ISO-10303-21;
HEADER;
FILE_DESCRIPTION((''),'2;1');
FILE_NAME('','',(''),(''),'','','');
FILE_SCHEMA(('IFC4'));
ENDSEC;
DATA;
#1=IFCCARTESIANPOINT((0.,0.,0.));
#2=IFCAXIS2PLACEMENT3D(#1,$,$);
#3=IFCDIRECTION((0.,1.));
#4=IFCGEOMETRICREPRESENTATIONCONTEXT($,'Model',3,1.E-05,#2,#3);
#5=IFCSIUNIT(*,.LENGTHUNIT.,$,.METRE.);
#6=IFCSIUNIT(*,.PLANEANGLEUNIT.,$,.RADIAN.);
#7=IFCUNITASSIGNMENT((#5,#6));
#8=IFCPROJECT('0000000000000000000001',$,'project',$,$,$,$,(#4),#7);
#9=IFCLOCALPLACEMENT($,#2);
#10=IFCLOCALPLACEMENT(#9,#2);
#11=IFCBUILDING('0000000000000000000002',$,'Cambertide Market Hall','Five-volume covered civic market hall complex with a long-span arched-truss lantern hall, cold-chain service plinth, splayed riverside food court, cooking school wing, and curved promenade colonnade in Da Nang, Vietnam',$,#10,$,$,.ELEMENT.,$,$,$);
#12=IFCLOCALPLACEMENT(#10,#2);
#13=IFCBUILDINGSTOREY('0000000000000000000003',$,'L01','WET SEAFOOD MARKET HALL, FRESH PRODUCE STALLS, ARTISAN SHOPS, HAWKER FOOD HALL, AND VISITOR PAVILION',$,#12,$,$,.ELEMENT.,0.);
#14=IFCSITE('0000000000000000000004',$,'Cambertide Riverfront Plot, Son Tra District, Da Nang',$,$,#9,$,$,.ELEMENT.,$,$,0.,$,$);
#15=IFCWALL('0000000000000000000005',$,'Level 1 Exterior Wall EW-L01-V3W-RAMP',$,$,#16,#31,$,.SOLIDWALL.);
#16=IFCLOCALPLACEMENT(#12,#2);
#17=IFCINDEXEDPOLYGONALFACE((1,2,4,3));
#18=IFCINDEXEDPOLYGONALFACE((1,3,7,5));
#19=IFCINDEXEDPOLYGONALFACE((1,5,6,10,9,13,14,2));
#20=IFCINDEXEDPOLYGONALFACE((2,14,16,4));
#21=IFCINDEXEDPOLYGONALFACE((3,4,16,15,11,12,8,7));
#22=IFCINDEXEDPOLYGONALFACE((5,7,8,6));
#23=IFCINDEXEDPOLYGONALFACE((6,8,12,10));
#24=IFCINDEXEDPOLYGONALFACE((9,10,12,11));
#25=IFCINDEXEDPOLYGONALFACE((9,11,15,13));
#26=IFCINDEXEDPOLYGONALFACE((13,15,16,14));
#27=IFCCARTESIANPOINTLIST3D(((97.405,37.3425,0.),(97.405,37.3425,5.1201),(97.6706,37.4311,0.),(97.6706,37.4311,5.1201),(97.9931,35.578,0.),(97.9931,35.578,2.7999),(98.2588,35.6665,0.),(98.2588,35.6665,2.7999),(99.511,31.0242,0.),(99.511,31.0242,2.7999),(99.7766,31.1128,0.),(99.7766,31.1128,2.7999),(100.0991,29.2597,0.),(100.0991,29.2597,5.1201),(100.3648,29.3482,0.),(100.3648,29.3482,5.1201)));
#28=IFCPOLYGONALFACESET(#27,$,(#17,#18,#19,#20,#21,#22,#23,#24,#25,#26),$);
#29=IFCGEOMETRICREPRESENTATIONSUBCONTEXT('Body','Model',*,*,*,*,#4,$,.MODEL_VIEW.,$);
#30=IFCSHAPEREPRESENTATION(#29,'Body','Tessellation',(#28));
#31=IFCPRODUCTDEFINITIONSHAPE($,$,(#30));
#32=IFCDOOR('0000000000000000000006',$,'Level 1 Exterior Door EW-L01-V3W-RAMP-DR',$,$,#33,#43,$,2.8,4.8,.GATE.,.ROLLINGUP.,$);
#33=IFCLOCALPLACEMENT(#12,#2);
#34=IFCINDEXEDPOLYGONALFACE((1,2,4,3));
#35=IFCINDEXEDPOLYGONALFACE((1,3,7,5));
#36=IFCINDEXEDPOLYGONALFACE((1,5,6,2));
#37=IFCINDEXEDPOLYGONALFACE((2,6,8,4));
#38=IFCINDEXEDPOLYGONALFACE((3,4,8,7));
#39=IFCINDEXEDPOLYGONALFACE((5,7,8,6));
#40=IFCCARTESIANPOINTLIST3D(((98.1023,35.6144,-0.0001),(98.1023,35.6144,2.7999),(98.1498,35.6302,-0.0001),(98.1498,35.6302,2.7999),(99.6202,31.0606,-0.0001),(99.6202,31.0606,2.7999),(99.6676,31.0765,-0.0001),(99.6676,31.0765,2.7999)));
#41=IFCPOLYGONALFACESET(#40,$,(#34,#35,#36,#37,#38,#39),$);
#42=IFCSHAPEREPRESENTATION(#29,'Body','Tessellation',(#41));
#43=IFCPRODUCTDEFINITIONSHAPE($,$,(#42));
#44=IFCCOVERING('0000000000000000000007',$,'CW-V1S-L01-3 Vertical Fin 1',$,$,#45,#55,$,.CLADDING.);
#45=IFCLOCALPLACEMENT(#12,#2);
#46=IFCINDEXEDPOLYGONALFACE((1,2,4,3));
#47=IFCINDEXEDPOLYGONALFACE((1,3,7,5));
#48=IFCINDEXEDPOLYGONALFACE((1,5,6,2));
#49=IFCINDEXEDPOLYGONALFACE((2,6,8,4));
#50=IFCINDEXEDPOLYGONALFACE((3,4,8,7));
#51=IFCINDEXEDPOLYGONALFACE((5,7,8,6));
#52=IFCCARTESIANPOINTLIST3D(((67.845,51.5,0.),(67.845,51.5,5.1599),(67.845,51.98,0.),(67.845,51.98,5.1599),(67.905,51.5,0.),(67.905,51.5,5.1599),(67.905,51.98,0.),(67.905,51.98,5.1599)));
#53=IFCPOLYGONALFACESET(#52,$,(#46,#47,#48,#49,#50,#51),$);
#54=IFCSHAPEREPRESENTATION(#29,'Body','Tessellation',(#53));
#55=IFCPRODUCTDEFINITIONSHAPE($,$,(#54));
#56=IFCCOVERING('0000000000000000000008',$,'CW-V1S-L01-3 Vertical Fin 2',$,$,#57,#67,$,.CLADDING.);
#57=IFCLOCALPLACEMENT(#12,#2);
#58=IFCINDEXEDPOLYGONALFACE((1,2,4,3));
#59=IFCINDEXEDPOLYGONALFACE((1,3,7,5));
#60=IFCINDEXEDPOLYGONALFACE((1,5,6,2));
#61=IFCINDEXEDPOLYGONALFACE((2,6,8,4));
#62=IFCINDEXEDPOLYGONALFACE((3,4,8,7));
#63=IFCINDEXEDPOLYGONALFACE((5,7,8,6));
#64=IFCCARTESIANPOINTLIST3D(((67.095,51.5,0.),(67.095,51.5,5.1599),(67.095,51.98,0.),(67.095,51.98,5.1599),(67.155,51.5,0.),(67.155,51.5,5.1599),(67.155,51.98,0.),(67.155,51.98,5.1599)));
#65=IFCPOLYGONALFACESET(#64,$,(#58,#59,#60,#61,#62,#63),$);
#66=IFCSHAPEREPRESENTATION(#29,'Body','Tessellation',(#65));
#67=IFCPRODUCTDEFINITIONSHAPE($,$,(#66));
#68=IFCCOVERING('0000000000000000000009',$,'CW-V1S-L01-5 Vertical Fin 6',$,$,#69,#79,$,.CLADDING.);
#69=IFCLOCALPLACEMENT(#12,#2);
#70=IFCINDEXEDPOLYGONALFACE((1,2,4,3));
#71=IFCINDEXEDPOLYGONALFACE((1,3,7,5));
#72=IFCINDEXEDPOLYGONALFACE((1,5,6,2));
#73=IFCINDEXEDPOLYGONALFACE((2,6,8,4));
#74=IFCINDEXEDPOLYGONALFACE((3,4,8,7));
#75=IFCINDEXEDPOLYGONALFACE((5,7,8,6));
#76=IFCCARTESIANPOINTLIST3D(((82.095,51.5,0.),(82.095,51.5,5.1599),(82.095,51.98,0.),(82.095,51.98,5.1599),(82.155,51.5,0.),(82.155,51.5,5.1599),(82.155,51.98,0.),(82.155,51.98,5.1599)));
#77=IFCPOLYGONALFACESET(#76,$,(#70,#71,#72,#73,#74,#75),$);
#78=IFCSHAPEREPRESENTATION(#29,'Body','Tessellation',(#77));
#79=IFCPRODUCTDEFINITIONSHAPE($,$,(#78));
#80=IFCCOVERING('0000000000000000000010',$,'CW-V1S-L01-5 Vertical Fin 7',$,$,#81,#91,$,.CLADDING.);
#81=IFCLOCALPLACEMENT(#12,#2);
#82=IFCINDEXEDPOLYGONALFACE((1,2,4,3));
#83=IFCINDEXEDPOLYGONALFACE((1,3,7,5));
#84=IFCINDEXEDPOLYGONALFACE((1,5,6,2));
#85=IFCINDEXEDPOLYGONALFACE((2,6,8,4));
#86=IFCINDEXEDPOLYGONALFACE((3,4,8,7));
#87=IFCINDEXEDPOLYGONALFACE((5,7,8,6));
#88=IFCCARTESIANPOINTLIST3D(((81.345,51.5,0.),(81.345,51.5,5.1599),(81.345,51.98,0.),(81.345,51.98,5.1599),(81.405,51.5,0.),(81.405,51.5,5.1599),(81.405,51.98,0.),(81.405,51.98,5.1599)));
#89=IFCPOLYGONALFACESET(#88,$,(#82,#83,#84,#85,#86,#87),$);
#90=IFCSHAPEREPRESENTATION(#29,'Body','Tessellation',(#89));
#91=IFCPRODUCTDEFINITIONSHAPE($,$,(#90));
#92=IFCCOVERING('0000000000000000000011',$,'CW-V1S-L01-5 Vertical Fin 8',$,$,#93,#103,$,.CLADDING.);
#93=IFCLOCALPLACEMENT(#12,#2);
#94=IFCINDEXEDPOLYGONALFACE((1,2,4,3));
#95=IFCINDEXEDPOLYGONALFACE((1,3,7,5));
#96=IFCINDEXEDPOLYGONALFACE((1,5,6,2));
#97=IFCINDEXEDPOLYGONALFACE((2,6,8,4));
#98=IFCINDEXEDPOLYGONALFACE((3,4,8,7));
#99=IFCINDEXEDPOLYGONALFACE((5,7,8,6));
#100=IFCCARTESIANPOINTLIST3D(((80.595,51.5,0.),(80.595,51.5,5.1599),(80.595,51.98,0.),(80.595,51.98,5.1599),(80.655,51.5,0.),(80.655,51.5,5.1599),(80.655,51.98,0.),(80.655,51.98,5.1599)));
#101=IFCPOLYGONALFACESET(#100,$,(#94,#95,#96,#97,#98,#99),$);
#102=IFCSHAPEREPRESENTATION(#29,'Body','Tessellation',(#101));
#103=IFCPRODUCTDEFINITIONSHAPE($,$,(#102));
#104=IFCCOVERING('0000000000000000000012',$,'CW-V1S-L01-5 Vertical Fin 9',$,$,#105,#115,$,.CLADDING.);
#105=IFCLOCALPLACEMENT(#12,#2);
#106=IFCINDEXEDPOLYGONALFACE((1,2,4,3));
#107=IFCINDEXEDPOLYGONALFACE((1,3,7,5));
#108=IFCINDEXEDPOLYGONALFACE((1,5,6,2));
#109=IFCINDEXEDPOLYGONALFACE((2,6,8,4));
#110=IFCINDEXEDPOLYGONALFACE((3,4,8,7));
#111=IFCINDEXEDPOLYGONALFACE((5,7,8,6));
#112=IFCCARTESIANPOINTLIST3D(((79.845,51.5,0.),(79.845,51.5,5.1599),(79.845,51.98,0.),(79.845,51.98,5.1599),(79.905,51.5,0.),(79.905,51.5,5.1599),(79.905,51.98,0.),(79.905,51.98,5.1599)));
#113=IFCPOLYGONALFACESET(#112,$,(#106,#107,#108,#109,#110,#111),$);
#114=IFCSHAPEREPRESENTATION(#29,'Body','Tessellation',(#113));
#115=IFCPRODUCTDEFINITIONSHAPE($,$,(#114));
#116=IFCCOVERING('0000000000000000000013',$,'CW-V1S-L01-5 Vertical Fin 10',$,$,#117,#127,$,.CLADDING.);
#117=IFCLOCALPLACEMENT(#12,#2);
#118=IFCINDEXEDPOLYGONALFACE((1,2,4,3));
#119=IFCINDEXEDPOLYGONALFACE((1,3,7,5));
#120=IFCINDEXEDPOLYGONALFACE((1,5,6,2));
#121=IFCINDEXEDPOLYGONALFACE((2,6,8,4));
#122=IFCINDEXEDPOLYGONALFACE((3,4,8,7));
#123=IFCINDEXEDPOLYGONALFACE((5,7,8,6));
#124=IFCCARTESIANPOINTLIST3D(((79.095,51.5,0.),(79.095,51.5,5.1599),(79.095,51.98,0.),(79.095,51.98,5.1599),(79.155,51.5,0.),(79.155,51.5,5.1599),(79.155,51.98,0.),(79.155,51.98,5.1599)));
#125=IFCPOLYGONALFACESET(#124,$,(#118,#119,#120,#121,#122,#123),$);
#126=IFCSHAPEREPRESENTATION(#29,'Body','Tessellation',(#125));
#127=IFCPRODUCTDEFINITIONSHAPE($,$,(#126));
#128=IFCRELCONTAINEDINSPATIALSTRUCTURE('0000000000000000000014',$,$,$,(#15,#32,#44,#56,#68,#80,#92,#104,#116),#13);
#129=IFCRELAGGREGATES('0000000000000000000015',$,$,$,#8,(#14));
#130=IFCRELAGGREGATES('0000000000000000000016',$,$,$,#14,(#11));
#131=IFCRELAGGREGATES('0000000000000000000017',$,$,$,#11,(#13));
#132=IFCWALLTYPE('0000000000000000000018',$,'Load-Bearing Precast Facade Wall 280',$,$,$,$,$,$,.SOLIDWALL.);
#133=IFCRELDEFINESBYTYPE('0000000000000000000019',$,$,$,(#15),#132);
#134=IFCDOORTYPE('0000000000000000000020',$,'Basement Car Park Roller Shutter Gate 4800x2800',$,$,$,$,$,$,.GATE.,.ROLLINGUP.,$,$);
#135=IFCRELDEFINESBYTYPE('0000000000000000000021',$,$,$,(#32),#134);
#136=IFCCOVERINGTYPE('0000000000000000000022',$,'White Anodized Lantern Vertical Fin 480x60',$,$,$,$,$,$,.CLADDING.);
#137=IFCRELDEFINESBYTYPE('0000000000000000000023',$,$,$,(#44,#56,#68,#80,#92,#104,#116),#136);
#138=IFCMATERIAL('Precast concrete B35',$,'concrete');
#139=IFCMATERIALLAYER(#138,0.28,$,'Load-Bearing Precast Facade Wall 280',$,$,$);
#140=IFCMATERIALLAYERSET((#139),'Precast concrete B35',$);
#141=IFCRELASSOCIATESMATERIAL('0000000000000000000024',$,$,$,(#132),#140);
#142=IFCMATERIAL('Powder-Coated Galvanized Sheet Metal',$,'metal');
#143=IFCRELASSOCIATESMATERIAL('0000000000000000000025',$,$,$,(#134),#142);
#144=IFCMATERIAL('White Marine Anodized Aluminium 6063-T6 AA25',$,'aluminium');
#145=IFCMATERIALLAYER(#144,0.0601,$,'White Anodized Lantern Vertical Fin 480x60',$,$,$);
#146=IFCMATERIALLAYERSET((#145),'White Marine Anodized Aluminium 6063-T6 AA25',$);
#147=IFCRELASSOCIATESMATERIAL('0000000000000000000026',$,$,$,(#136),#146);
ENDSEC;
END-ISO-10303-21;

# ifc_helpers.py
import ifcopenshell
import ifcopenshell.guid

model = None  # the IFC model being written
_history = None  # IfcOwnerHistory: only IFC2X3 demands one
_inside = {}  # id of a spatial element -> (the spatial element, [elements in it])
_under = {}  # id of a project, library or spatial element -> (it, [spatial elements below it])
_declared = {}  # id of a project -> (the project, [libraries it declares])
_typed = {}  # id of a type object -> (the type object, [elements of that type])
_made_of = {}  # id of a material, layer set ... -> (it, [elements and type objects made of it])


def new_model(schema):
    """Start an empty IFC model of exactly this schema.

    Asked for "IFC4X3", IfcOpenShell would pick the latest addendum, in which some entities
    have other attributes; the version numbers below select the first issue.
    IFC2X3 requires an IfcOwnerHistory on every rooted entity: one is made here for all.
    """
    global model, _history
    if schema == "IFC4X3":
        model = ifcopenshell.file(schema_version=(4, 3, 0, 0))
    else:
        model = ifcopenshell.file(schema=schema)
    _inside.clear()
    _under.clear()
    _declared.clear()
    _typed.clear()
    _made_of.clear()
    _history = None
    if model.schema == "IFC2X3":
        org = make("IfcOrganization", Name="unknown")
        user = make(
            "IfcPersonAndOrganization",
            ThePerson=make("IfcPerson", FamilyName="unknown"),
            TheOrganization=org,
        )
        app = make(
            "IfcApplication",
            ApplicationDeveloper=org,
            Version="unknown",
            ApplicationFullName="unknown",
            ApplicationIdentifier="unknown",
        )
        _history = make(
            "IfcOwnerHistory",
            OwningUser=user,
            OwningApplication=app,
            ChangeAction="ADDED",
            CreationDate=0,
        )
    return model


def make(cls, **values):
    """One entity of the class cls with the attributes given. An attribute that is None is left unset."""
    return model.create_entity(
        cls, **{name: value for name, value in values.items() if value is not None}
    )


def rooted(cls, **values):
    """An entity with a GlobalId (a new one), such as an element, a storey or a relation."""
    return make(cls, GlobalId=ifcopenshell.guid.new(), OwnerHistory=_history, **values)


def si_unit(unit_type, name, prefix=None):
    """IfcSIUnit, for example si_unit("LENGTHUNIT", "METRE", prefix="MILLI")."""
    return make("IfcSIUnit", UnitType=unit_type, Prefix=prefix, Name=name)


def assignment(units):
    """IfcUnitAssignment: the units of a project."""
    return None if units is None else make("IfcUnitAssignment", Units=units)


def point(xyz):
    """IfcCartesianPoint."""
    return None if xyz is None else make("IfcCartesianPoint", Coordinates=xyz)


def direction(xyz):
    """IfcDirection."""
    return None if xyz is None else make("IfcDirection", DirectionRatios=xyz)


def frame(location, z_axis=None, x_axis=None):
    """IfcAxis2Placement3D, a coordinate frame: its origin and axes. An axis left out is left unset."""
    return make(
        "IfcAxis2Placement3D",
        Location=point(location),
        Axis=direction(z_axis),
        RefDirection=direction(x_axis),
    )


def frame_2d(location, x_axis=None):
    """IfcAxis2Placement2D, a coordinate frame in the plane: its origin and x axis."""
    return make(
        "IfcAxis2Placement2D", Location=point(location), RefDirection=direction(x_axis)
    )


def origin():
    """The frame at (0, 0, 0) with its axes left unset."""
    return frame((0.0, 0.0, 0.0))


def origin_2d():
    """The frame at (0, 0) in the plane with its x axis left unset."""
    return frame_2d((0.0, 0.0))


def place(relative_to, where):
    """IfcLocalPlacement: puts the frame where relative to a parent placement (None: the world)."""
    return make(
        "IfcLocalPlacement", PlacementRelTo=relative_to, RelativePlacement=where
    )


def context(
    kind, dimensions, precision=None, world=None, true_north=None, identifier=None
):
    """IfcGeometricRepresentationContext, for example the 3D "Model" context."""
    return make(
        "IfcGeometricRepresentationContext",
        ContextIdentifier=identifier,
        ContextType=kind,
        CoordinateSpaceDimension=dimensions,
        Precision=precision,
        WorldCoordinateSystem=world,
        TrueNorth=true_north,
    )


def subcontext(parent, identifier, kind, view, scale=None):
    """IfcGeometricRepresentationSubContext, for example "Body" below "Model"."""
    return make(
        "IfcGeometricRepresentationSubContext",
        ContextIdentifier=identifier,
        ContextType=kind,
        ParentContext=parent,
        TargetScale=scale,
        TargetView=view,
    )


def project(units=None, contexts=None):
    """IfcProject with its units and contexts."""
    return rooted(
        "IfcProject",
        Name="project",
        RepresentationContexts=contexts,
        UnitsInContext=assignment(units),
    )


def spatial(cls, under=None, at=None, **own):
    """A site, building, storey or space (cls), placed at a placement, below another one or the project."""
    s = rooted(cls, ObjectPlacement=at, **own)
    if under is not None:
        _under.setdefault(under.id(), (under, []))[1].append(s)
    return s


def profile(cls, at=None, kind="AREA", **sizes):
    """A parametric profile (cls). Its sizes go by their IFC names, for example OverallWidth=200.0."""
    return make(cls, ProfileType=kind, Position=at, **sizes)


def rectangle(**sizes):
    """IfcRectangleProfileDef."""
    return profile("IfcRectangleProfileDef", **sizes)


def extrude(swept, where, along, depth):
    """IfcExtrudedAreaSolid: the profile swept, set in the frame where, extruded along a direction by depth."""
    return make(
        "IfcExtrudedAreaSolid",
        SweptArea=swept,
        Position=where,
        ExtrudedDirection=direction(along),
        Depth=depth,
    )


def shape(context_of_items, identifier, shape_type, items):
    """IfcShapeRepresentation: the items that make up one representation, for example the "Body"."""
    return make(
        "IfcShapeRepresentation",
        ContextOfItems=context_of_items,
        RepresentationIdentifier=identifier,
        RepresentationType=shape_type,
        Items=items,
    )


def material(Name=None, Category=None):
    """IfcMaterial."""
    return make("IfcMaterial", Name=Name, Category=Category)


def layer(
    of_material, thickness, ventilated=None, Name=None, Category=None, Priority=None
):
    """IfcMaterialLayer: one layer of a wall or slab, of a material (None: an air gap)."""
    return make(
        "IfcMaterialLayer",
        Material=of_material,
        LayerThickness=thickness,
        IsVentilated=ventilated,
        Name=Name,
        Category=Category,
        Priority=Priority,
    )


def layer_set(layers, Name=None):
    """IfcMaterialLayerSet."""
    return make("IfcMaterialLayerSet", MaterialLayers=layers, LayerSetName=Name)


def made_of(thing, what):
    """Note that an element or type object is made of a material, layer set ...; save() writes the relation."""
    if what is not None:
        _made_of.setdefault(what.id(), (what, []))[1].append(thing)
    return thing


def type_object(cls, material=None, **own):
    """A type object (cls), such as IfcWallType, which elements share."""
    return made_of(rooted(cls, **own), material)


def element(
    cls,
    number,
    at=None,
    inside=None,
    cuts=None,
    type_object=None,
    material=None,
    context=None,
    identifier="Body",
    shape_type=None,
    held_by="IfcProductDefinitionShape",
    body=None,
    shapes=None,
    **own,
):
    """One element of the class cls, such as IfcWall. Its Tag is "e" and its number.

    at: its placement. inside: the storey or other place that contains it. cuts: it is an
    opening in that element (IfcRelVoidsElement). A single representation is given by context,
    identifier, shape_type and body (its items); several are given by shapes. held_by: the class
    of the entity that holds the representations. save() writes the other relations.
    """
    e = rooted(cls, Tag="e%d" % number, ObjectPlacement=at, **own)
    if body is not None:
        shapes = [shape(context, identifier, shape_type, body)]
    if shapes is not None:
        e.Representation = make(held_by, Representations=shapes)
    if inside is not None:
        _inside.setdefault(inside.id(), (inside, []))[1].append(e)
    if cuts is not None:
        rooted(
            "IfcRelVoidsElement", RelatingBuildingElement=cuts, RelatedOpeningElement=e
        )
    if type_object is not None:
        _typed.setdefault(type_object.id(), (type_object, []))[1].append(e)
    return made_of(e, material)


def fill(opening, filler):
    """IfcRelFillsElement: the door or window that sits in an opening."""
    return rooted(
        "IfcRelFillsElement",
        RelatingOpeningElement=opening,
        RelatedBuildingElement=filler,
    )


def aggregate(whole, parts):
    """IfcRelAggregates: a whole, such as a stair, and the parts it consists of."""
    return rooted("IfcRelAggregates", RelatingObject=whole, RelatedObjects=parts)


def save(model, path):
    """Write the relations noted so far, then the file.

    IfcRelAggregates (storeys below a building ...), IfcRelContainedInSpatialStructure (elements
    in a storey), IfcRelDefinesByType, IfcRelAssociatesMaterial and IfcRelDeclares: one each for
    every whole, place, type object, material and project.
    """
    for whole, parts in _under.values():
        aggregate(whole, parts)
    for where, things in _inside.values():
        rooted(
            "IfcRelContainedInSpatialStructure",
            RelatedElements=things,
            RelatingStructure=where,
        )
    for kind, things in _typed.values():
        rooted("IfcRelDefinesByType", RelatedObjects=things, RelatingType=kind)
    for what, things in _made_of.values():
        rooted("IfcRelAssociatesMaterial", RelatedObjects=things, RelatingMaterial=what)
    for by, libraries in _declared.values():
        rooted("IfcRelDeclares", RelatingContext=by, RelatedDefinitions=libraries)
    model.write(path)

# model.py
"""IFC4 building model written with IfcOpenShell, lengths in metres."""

from ifc_helpers import new_model, si_unit, direction, frame, frame_2d, origin, origin_2d, place, context, subcontext, project, spatial, rectangle, extrude, material, layer, layer_set, type_object, element, fill, save


model = new_model("IFC4")

# Units and contexts
model_context = context("Model", 3, precision=1e-05, world=origin(), true_north=direction((0.0, 1.0)))
body_context = subcontext(model_context, "Body", "Model", "MODEL_VIEW")
ifc_project = project(units=[si_unit("LENGTHUNIT", "METRE"), si_unit("PLANEANGLEUNIT", "RADIAN")], contexts=[model_context])

# Site, building, storey
site_placement = place(None, origin())
site = spatial("IfcSite", under=ifc_project, at=site_placement, Name="Cambertide Riverfront Plot, Son Tra District, Da Nang", CompositionType="ELEMENT", RefElevation=0.0)
building_placement = place(site_placement, origin())
building = spatial("IfcBuilding", under=site, at=building_placement, Name="Cambertide Market Hall", Description="Five-volume covered civic market hall complex with a long-span arched-truss lantern hall, cold-chain service plinth, splayed riverside food court, cooking school wing, and curved promenade colonnade in Da Nang, Vietnam", CompositionType="ELEMENT")
storey_placement = place(building_placement, origin())
storey = spatial("IfcBuildingStorey", under=building, at=storey_placement, Name="L01", Description="WET SEAFOOD MARKET HALL, FRESH PRODUCE STALLS, ARTISAN SHOPS, HAWKER FOOD HALL, AND VISITOR PAVILION", CompositionType="ELEMENT", Elevation=0.0)

# Wall, opening, door
ifc_material_1 = material(Name="Precast concrete B35", Category="concrete")
ifc_layer_1 = layer(ifc_material_1, 0.28, Name="Load-Bearing Precast Facade Wall 280")
ifc_layer_set_1 = layer_set([ifc_layer_1], Name="Precast concrete B35")
wall_type_1 = type_object("IfcWallType", Name="Load-Bearing Precast Facade Wall 280", PredefinedType="SOLIDWALL", material=ifc_layer_set_1)
wall_1_placement = place(storey_placement, frame((100.2319, 29.304, 0.0), z_axis=(0.0, 0.0, 1.0), x_axis=(-0.316211, 0.948689, 0.0)))
wall_1 = element("IfcWall", 1, at=wall_1_placement, inside=storey, type_object=wall_type_1, Name="Level 1 Exterior Wall EW-L01-V3W-RAMP", PredefinedType="SOLIDWALL", context=body_context, shape_type="SweptSolid", body=[
    extrude(rectangle(XDim=8.52, YDim=0.28, at=frame_2d((4.26, 0.0))), origin(), (0.0, 0.0, 1.0), 5.1201),
])
opening_1_placement = place(wall_1_placement, frame((1.8601, 0.0, 0.0)))
opening_1 = element("IfcOpeningElement", 2, at=opening_1_placement, cuts=wall_1, PredefinedType="OPENING", context=body_context, shape_type="SweptSolid", body=[
    extrude(rectangle(XDim=4.8, YDim=2.8, at=frame_2d((2.3999, 1.3999))), frame((0.0, 0.1499, 0.0), z_axis=(0.0, -1.0, 0.0), x_axis=(1.0, 0.0, 0.0)), (0.0, 0.0, 1.0), 0.3),
])
ifc_material_2 = material(Name="Powder-Coated Galvanized Sheet Metal", Category="metal")
door_type_1 = type_object("IfcDoorType", Name="Basement Car Park Roller Shutter Gate 4800x2800", OperationType="ROLLINGUP", PredefinedType="GATE", material=ifc_material_2)
door_1_placement = place(opening_1_placement, origin())
door_1 = element("IfcDoor", 3, at=door_1_placement, inside=storey, type_object=door_type_1, Name="Level 1 Exterior Door EW-L01-V3W-RAMP-DR", OperationType="ROLLINGUP", OverallHeight=2.8, OverallWidth=4.8, PredefinedType="GATE", context=body_context, shape_type="SweptSolid", body=[
    extrude(rectangle(XDim=4.8, YDim=2.8, at=frame_2d((2.3999, 1.3999))), frame((0.0, 0.0249, 0.0), z_axis=(0.0, -1.0, 0.0), x_axis=(1.0, 0.0, 0.0)), (0.0, 0.0, 1.0), 0.05),
])
fill(opening_1, door_1)

# Coverings
ifc_material_3 = material(Name="White Marine Anodized Aluminium 6063-T6 AA25", Category="aluminium")
ifc_layer_2 = layer(ifc_material_3, 0.0601, Name="White Anodized Lantern Vertical Fin 480x60")
ifc_layer_set_2 = layer_set([ifc_layer_2], Name="White Marine Anodized Aluminium 6063-T6 AA25")
covering_type = type_object("IfcCoveringType", Name="White Anodized Lantern Vertical Fin 480x60", PredefinedType="CLADDING", material=ifc_layer_set_2)
for number, where, z_axis, x_axis, name in (
    (4, (67.875, 51.74, 0.0), (0.0, 0.0, 1.0), (-1.0, 0.0, 0.0), "CW-V1S-L01-3 Vertical Fin 1"),
    (5, (67.125, 51.74, 0.0), (0.0, 0.0, 1.0), (-1.0, 0.0, 0.0), "CW-V1S-L01-3 Vertical Fin 2"),
    (6, (82.125, 51.74, 0.0), (0.0, 0.0, 1.0), (-1.0, 0.0, 0.0), "CW-V1S-L01-5 Vertical Fin 6"),
    (7, (81.375, 51.74, 0.0), (0.0, 0.0, 1.0), (-1.0, 0.0, 0.0), "CW-V1S-L01-5 Vertical Fin 7"),
    (8, (80.625, 51.74, 0.0), (0.0, 0.0, 1.0), (-1.0, 0.0, 0.0), "CW-V1S-L01-5 Vertical Fin 8"),
    (9, (79.875, 51.74, 0.0), (0.0, 0.0, 1.0), (-1.0, 0.0, 0.0), "CW-V1S-L01-5 Vertical Fin 9"),
    (10, (79.125, 51.74, 0.0), (0.0, 0.0, 1.0), (-1.0, 0.0, 0.0), "CW-V1S-L01-5 Vertical Fin 10"),
):
    element("IfcCovering", number, at=place(storey_placement, frame(where, z_axis=z_axis, x_axis=x_axis)), inside=storey, type_object=covering_type, Name=name, PredefinedType="CLADDING", context=body_context, shape_type="SweptSolid", body=[
        extrude(rectangle(XDim=0.0601, YDim=0.48, at=origin_2d()), origin(), (0.0, 0.0, 1.0), 5.1599),
    ])

save(model, "model.ifc")
